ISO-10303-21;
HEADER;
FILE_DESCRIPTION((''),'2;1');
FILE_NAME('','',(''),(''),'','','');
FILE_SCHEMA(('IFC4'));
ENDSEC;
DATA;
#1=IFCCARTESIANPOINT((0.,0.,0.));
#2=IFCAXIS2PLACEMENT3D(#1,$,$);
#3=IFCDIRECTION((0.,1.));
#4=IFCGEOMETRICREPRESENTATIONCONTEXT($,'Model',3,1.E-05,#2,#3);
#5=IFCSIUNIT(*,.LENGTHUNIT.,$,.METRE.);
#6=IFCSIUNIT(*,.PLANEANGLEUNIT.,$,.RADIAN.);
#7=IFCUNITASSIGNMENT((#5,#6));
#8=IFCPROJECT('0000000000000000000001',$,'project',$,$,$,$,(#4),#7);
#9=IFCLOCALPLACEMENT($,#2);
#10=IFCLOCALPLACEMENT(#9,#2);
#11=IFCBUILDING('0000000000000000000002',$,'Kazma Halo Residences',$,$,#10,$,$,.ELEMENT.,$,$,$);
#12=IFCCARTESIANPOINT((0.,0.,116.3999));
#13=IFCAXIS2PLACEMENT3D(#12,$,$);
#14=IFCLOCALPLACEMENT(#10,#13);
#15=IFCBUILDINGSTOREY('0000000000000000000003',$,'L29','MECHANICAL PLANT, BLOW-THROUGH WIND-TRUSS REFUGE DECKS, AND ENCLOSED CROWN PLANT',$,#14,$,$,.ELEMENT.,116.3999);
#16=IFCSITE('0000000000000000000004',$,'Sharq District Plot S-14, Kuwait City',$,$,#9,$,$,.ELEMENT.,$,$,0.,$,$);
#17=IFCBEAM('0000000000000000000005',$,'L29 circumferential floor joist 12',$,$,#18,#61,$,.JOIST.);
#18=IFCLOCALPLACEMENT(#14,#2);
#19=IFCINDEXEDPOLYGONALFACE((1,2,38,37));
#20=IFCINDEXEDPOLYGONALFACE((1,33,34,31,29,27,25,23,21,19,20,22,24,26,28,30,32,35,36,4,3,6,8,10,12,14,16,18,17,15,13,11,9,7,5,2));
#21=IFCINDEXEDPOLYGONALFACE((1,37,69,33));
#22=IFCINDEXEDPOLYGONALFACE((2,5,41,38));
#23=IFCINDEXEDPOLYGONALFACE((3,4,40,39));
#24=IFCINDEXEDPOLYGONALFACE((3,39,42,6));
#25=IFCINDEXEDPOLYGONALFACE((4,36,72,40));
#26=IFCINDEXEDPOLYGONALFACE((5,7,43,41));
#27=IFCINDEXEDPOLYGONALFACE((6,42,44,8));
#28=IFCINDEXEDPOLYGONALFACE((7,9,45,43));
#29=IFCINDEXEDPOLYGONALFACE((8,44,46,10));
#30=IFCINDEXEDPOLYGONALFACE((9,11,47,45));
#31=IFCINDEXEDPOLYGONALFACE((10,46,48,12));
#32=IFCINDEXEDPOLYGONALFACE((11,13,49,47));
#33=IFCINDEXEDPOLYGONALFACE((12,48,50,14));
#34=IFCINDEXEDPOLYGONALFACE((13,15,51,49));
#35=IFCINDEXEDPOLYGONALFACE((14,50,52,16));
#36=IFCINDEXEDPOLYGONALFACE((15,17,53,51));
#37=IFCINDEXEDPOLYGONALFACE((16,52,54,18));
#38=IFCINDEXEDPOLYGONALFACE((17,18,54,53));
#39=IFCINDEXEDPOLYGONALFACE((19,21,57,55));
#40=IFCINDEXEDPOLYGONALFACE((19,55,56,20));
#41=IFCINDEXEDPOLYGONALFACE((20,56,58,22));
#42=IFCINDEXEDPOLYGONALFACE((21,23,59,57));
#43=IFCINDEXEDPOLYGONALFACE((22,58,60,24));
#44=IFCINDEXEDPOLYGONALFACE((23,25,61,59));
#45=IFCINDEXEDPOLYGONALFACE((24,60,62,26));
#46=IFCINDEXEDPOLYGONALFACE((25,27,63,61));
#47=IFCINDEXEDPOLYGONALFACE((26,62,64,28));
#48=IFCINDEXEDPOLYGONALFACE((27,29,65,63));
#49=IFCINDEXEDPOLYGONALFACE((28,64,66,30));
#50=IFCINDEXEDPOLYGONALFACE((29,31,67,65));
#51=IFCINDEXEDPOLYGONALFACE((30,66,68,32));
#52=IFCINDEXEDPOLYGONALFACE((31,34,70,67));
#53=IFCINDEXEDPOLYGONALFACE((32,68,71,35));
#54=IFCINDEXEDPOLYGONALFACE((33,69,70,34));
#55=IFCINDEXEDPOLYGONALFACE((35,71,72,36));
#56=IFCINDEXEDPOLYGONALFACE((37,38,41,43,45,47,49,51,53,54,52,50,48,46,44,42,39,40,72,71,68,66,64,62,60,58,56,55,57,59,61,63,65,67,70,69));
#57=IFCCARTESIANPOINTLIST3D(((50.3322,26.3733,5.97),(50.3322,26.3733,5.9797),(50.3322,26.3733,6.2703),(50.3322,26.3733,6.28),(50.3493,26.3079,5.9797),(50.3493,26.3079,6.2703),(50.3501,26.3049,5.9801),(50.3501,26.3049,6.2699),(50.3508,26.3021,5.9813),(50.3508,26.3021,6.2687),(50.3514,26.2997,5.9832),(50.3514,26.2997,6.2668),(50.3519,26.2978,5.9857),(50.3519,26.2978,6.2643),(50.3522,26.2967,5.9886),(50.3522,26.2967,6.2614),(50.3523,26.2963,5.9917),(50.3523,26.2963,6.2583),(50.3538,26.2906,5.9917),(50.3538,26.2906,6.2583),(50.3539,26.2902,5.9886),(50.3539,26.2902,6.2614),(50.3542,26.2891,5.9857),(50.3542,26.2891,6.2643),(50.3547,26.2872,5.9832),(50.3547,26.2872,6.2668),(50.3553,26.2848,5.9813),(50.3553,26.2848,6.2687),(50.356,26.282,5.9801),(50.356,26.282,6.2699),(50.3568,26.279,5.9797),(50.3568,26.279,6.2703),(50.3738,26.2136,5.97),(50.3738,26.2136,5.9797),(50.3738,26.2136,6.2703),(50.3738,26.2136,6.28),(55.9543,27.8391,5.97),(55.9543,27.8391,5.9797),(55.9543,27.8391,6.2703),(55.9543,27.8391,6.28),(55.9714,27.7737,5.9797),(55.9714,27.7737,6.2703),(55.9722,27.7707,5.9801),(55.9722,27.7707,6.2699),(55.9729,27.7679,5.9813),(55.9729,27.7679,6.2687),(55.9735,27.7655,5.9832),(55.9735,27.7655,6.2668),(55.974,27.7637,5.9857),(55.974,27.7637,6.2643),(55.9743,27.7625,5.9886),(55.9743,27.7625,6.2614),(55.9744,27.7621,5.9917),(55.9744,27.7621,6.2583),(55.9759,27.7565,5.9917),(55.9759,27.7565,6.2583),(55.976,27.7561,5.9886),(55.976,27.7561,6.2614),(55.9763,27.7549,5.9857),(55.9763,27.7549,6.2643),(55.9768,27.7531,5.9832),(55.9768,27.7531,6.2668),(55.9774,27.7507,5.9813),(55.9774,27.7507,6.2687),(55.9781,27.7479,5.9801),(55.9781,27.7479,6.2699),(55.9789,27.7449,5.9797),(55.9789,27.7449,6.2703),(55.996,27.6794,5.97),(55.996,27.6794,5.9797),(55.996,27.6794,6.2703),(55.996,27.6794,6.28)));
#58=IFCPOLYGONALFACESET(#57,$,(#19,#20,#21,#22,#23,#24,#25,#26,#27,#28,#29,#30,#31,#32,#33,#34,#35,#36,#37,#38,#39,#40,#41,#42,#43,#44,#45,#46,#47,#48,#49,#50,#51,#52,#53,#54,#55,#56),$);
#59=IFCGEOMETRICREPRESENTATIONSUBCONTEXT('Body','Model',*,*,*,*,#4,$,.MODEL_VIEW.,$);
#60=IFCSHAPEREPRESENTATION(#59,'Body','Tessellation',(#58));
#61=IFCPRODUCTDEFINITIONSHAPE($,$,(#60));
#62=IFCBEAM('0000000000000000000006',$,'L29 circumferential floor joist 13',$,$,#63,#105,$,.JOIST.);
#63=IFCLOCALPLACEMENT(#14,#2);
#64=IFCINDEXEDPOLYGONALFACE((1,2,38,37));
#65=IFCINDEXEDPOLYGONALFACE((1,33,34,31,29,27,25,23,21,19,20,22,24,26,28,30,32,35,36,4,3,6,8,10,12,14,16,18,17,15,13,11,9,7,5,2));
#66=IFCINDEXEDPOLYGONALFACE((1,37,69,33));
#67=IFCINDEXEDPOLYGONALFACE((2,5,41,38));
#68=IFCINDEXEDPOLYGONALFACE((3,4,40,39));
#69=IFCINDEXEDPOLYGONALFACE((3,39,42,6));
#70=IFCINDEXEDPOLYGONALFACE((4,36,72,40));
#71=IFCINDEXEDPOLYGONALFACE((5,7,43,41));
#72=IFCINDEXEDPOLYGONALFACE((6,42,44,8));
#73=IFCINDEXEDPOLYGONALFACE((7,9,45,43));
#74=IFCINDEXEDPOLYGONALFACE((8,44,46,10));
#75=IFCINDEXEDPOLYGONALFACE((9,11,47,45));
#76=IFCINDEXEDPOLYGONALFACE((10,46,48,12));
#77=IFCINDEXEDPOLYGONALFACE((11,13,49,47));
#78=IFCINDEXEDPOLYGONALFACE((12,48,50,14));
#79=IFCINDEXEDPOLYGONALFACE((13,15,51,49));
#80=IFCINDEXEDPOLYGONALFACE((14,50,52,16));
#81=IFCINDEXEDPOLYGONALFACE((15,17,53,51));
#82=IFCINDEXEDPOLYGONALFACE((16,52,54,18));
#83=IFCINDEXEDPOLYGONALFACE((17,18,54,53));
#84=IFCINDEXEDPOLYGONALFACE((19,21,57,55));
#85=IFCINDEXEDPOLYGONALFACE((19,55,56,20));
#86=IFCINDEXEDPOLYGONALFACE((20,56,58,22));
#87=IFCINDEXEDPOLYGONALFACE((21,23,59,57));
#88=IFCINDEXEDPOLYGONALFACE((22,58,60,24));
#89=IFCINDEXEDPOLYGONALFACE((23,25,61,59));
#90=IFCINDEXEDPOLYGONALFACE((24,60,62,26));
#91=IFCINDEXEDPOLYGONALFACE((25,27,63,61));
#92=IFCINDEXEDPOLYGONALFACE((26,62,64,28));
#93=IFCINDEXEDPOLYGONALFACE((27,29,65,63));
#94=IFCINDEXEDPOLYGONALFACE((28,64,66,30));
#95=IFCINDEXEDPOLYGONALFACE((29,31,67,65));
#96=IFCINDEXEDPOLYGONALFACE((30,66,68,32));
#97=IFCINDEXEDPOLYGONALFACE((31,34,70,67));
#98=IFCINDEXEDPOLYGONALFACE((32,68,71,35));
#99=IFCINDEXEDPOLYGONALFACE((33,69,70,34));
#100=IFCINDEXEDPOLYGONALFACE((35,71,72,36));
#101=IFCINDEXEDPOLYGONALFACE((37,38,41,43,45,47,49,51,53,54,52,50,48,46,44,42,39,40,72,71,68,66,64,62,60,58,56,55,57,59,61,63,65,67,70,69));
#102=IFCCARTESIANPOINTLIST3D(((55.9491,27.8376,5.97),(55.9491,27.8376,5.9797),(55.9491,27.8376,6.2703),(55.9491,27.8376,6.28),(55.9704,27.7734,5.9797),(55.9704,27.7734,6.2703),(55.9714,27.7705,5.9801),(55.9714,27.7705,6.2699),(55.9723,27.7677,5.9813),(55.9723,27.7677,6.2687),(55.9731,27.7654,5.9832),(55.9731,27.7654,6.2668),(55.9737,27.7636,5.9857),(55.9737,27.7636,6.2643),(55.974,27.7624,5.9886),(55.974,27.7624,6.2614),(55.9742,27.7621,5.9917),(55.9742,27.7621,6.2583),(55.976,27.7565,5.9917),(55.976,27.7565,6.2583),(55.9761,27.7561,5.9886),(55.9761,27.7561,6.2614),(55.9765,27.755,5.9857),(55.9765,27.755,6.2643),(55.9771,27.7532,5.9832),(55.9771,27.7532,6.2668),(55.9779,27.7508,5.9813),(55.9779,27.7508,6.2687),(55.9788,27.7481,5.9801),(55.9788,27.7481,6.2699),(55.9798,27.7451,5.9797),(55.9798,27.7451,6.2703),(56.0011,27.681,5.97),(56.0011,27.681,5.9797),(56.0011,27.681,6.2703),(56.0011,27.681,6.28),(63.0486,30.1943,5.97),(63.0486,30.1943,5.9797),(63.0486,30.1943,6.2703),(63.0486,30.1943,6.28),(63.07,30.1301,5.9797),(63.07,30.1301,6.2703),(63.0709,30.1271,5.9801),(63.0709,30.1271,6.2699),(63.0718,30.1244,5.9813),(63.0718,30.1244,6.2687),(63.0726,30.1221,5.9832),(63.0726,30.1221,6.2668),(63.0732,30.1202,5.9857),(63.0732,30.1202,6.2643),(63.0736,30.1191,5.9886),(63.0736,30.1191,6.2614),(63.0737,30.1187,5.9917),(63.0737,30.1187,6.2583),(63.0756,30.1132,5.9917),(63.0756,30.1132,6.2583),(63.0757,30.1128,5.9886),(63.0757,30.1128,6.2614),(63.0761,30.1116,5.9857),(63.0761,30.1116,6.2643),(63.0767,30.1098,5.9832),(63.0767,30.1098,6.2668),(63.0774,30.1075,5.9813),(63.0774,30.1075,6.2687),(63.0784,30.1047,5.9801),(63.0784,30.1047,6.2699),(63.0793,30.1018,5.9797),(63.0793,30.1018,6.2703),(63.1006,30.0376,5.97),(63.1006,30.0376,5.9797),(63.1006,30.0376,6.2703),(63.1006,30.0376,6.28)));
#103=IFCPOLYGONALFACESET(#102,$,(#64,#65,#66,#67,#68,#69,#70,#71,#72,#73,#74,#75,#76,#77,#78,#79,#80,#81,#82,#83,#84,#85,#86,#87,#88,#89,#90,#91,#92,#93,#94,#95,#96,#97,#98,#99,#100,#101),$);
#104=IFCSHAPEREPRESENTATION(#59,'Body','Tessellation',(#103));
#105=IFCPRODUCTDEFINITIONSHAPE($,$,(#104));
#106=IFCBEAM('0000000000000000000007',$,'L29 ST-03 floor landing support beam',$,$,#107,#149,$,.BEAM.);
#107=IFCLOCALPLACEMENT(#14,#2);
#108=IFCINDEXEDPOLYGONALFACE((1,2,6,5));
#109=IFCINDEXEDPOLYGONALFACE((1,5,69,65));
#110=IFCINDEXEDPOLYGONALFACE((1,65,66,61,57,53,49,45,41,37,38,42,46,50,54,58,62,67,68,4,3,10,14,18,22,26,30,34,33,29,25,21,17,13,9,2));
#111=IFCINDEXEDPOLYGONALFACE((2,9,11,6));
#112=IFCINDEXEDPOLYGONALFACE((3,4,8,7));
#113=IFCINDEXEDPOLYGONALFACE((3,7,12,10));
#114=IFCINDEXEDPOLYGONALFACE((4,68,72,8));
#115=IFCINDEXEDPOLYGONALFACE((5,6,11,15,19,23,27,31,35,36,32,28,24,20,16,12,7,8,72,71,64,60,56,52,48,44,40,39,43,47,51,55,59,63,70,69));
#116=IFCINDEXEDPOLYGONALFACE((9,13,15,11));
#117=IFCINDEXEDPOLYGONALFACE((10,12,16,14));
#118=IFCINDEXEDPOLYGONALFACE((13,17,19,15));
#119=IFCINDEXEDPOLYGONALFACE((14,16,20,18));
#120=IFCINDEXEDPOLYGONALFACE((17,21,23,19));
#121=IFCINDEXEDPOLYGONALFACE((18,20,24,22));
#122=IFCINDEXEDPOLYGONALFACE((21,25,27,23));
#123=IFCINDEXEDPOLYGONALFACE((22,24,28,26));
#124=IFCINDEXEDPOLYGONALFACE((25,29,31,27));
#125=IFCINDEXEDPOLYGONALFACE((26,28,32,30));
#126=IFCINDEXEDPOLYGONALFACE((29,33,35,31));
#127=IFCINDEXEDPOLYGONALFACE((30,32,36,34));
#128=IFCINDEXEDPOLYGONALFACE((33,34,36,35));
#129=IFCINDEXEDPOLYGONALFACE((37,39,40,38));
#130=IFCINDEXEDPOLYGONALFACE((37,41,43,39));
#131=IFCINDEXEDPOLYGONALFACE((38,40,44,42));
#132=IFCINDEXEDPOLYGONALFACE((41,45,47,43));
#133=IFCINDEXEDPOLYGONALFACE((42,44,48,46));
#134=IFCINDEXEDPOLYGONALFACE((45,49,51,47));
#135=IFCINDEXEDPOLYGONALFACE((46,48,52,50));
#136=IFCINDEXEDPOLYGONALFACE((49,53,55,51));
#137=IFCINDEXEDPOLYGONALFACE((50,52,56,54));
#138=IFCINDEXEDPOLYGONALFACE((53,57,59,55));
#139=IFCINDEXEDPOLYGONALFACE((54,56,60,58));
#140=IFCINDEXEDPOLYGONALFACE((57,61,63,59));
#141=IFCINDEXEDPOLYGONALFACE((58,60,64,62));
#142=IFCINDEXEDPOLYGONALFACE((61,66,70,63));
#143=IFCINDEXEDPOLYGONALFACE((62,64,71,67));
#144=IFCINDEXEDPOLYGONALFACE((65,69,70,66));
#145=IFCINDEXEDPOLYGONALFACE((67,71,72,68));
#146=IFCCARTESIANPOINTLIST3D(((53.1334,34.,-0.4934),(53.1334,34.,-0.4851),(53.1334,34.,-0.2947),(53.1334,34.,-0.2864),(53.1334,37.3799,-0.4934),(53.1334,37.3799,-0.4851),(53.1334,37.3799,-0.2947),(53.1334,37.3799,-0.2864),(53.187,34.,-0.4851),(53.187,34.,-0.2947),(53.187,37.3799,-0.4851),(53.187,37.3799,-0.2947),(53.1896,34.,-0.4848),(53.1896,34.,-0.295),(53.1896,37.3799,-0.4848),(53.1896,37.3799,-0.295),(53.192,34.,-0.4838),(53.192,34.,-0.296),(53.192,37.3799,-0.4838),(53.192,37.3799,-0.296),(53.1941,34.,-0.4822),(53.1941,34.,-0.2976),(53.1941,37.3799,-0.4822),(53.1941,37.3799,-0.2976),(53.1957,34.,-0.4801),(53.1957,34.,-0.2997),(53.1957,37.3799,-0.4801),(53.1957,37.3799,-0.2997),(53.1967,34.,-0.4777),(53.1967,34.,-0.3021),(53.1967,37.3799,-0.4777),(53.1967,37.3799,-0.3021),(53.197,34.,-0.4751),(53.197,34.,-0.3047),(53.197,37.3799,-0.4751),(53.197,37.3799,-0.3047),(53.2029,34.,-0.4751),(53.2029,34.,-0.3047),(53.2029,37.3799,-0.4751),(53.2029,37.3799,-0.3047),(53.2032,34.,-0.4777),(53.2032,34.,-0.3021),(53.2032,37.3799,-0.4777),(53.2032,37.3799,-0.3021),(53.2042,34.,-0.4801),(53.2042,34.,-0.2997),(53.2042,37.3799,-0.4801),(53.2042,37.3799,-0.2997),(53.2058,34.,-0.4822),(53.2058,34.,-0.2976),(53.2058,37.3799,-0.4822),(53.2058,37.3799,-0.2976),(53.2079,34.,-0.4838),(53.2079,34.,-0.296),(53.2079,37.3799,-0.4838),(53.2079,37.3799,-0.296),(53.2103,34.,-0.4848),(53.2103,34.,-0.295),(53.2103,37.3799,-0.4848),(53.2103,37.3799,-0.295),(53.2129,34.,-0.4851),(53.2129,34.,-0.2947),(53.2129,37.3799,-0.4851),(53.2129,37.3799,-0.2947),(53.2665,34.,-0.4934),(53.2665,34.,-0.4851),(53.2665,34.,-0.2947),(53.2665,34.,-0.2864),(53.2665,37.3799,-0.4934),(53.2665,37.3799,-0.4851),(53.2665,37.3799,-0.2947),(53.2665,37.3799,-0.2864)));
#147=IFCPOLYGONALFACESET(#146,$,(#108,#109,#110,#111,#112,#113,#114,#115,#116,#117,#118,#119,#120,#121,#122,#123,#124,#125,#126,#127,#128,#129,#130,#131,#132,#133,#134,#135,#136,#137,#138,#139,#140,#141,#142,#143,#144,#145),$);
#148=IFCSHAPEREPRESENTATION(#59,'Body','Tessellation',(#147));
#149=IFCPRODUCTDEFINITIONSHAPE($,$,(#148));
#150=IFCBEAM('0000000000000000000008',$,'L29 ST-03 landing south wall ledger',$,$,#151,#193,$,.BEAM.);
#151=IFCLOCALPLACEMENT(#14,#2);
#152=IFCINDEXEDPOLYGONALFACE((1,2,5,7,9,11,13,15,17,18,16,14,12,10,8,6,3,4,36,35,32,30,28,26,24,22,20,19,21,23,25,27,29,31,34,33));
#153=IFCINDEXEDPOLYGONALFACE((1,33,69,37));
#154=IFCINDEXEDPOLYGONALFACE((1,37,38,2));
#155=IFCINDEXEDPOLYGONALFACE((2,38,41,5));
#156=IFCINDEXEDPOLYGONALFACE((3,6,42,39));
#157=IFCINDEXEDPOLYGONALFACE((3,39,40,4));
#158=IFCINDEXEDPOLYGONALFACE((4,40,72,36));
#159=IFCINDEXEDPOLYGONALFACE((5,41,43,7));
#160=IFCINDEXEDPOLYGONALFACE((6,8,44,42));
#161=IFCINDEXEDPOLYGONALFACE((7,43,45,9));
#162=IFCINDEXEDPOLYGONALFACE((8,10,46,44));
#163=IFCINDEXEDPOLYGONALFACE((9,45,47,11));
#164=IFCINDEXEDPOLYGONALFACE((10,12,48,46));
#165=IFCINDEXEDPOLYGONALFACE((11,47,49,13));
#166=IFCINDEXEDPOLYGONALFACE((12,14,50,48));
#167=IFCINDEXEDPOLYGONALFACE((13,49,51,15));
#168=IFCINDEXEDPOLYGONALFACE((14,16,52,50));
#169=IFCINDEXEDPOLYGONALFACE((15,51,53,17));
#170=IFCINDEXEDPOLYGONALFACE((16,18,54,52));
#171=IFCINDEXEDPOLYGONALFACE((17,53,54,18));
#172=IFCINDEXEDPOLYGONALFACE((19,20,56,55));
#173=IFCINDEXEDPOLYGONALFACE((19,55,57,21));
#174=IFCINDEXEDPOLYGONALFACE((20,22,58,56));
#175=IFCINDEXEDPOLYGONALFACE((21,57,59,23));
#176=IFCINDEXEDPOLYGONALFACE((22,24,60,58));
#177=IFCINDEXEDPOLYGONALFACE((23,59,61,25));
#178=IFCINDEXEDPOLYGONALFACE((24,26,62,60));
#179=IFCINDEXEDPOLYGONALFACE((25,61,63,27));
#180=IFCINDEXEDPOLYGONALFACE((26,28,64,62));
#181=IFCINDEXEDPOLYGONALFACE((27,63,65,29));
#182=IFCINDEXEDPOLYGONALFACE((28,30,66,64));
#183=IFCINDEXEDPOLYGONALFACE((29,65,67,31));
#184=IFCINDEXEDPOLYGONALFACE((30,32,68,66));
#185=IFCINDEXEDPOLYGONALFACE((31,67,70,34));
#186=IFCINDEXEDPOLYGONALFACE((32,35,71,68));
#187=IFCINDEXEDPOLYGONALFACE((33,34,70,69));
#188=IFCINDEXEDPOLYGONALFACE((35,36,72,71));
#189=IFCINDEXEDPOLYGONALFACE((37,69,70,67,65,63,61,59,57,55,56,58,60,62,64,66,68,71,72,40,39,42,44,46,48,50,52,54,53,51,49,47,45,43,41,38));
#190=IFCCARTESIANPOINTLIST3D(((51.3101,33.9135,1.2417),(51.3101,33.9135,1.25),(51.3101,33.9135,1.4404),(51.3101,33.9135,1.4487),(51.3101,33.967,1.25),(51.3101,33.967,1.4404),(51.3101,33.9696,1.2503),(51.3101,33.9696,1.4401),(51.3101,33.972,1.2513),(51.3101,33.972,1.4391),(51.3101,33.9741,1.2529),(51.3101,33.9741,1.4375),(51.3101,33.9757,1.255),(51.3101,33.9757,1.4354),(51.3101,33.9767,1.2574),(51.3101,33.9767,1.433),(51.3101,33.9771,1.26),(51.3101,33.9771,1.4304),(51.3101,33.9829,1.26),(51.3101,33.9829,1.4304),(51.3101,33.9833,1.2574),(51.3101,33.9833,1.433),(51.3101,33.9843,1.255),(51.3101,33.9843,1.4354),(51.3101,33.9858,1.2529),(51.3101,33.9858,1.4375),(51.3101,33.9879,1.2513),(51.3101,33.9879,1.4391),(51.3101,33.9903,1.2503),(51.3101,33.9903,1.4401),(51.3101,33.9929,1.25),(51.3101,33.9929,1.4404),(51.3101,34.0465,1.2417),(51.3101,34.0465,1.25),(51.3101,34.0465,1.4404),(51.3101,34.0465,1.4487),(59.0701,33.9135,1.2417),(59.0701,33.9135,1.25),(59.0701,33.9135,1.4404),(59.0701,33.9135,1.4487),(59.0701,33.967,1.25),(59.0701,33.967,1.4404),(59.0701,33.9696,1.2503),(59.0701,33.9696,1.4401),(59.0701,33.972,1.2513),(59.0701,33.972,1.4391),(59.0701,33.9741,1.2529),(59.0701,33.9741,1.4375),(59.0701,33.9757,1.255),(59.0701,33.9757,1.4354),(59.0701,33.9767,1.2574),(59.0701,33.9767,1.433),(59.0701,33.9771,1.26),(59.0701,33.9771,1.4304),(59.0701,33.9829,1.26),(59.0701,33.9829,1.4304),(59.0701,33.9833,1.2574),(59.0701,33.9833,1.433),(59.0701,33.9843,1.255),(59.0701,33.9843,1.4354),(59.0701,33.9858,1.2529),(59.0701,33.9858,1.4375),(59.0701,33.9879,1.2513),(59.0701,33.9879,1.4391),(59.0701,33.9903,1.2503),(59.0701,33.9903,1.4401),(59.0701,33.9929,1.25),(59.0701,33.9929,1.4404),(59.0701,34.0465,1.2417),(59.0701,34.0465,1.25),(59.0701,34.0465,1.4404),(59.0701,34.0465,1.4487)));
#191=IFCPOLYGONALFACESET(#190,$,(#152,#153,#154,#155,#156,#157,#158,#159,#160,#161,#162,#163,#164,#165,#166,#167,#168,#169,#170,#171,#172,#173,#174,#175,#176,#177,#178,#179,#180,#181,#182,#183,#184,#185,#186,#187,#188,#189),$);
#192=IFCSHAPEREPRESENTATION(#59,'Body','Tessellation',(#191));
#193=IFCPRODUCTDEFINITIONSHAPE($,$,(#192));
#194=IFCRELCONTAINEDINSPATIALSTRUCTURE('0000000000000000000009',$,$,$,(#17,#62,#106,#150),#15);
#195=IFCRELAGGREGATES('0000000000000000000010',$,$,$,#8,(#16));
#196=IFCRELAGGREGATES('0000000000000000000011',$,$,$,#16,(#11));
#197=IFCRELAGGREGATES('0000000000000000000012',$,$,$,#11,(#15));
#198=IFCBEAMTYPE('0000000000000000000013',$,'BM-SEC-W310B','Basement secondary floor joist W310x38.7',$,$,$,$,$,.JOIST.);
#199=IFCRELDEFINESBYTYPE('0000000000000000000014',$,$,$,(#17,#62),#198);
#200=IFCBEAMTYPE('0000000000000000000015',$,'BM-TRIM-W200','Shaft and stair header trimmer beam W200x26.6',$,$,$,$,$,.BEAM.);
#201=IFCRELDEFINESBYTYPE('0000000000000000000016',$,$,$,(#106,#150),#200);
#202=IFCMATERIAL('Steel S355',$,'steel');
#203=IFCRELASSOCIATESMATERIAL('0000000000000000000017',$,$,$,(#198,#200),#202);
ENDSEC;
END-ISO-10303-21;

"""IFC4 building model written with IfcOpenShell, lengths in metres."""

from ifc_helpers import new_model, si_unit, direction, frame, origin, origin_2d, place, context, subcontext, project, spatial, i_section, extrude, material, material_profile, profile_set, type_object, element, save


model = new_model("IFC4")

# Units and contexts
model_context = context("Model", 3, precision=1e-05, world=origin(), true_north=direction((0.0, 1.0)))
body_context = subcontext(model_context, "Body", "Model", "MODEL_VIEW")
ifc_project = project(units=[si_unit("LENGTHUNIT", "METRE"), si_unit("PLANEANGLEUNIT", "RADIAN")], contexts=[model_context])

# Site, building, storey
site_placement = place(None, origin())
site = spatial("IfcSite", under=ifc_project, at=site_placement, Name="Sharq District Plot S-14, Kuwait City", CompositionType="ELEMENT", RefElevation=0.0)
building_placement = place(site_placement, origin())
building = spatial("IfcBuilding", under=site, at=building_placement, Name="Kazma Halo Residences", CompositionType="ELEMENT")
storey_placement = place(building_placement, frame((0.0, 0.0, 116.3999)))
storey = spatial("IfcBuildingStorey", under=building, at=storey_placement, Name="L29", Description="MECHANICAL PLANT, BLOW-THROUGH WIND-TRUSS REFUGE DECKS, AND ENCLOSED CROWN PLANT", CompositionType="ELEMENT", Elevation=116.3999)

# Beams
ifc_material_1 = material(Name="Steel S355", Category="steel")
ifc_material_profile_1 = material_profile(ifc_material_1, i_section(OverallWidth=0.165, OverallDepth=0.3101, WebThickness=0.0059, FlangeThickness=0.0098, FilletRadius=0.012, at=origin_2d()), Name="W310x38.7")
ifc_profile_set_1 = profile_set([ifc_material_profile_1], Name="Steel S355")
beam_type_1 = type_object("IfcBeamType", Name="BM-SEC-W310B", Description="Basement secondary floor joist W310x38.7", PredefinedType="JOIST", material=ifc_profile_set_1)
beam_1_placement = place(storey_placement, frame((50.353, 26.2935, 6.125), z_axis=(0.967651, 0.252292, 0.0), x_axis=(-0.252292, 0.967651, 0.0)))
element("IfcBeam", 1, at=beam_1_placement, inside=storey, type_object=beam_type_1, Name="L29 circumferential floor joist 12", PredefinedType="JOIST", context=body_context, shape_type="SweptSolid", body=[
    extrude(i_section(OverallWidth=0.165, OverallDepth=0.3101, WebThickness=0.0059, FlangeThickness=0.0098, FilletRadius=0.012, at=origin_2d()), origin(), (0.0, 0.0, 1.0), 5.8101),
])
beam_2_placement = place(storey_placement, frame((55.9751, 27.7593, 6.125), z_axis=(0.949077, 0.315043, 0.0), x_axis=(-0.315043, 0.949077, 0.0)))
element("IfcBeam", 2, at=beam_2_placement, inside=storey, type_object=beam_type_1, Name="L29 circumferential floor joist 13", PredefinedType="JOIST", context=body_context, shape_type="SweptSolid", body=[
    extrude(i_section(OverallWidth=0.165, OverallDepth=0.3101, WebThickness=0.0059, FlangeThickness=0.0098, FilletRadius=0.012, at=origin_2d()), origin(), (0.0, 0.0, 1.0), 7.4805),
])
ifc_material_profile_2 = material_profile(ifc_material_1, i_section(OverallWidth=0.1331, OverallDepth=0.207, WebThickness=0.0059, FlangeThickness=0.0083, FilletRadius=0.01, at=origin_2d()), Name="W200x26.6")
ifc_profile_set_2 = profile_set([ifc_material_profile_2], Name="Steel S355")
beam_type_2 = type_object("IfcBeamType", Name="BM-TRIM-W200", Description="Shaft and stair header trimmer beam W200x26.6", PredefinedType="BEAM", material=ifc_profile_set_2)
beam_3_placement = place(storey_placement, frame((53.2, 34.0, -0.3899), z_axis=(0.0, 1.0, 0.0), x_axis=(-1.0, 0.0, 0.0)))
element("IfcBeam", 3, at=beam_3_placement, inside=storey, type_object=beam_type_2, Name="L29 ST-03 floor landing support beam", PredefinedType="BEAM", context=body_context, shape_type="SweptSolid", body=[
    extrude(i_section(OverallWidth=0.1331, OverallDepth=0.207, WebThickness=0.0059, FlangeThickness=0.0083, FilletRadius=0.01, at=origin_2d()), origin(), (0.0, 0.0, 1.0), 3.3799),
])
for number, where, z_axis, x_axis, name in (
    (4, (51.3101, 33.98, 1.3452), (1.0, 0.0, 0.0), (0.0, 1.0, 0.0), "L29 ST-03 landing south wall ledger"),
):
    element("IfcBeam", number, at=place(storey_placement, frame(where, z_axis=z_axis, x_axis=x_axis)), inside=storey, type_object=beam_type_2, Name=name, PredefinedType="BEAM", context=body_context, shape_type="SweptSolid", body=[
        extrude(i_section(OverallWidth=0.1331, OverallDepth=0.207, WebThickness=0.0059, FlangeThickness=0.0083, FilletRadius=0.01, at=origin_2d()), origin(), (0.0, 0.0, 1.0), 7.76),
    ])

save(model, "model.ifc")
